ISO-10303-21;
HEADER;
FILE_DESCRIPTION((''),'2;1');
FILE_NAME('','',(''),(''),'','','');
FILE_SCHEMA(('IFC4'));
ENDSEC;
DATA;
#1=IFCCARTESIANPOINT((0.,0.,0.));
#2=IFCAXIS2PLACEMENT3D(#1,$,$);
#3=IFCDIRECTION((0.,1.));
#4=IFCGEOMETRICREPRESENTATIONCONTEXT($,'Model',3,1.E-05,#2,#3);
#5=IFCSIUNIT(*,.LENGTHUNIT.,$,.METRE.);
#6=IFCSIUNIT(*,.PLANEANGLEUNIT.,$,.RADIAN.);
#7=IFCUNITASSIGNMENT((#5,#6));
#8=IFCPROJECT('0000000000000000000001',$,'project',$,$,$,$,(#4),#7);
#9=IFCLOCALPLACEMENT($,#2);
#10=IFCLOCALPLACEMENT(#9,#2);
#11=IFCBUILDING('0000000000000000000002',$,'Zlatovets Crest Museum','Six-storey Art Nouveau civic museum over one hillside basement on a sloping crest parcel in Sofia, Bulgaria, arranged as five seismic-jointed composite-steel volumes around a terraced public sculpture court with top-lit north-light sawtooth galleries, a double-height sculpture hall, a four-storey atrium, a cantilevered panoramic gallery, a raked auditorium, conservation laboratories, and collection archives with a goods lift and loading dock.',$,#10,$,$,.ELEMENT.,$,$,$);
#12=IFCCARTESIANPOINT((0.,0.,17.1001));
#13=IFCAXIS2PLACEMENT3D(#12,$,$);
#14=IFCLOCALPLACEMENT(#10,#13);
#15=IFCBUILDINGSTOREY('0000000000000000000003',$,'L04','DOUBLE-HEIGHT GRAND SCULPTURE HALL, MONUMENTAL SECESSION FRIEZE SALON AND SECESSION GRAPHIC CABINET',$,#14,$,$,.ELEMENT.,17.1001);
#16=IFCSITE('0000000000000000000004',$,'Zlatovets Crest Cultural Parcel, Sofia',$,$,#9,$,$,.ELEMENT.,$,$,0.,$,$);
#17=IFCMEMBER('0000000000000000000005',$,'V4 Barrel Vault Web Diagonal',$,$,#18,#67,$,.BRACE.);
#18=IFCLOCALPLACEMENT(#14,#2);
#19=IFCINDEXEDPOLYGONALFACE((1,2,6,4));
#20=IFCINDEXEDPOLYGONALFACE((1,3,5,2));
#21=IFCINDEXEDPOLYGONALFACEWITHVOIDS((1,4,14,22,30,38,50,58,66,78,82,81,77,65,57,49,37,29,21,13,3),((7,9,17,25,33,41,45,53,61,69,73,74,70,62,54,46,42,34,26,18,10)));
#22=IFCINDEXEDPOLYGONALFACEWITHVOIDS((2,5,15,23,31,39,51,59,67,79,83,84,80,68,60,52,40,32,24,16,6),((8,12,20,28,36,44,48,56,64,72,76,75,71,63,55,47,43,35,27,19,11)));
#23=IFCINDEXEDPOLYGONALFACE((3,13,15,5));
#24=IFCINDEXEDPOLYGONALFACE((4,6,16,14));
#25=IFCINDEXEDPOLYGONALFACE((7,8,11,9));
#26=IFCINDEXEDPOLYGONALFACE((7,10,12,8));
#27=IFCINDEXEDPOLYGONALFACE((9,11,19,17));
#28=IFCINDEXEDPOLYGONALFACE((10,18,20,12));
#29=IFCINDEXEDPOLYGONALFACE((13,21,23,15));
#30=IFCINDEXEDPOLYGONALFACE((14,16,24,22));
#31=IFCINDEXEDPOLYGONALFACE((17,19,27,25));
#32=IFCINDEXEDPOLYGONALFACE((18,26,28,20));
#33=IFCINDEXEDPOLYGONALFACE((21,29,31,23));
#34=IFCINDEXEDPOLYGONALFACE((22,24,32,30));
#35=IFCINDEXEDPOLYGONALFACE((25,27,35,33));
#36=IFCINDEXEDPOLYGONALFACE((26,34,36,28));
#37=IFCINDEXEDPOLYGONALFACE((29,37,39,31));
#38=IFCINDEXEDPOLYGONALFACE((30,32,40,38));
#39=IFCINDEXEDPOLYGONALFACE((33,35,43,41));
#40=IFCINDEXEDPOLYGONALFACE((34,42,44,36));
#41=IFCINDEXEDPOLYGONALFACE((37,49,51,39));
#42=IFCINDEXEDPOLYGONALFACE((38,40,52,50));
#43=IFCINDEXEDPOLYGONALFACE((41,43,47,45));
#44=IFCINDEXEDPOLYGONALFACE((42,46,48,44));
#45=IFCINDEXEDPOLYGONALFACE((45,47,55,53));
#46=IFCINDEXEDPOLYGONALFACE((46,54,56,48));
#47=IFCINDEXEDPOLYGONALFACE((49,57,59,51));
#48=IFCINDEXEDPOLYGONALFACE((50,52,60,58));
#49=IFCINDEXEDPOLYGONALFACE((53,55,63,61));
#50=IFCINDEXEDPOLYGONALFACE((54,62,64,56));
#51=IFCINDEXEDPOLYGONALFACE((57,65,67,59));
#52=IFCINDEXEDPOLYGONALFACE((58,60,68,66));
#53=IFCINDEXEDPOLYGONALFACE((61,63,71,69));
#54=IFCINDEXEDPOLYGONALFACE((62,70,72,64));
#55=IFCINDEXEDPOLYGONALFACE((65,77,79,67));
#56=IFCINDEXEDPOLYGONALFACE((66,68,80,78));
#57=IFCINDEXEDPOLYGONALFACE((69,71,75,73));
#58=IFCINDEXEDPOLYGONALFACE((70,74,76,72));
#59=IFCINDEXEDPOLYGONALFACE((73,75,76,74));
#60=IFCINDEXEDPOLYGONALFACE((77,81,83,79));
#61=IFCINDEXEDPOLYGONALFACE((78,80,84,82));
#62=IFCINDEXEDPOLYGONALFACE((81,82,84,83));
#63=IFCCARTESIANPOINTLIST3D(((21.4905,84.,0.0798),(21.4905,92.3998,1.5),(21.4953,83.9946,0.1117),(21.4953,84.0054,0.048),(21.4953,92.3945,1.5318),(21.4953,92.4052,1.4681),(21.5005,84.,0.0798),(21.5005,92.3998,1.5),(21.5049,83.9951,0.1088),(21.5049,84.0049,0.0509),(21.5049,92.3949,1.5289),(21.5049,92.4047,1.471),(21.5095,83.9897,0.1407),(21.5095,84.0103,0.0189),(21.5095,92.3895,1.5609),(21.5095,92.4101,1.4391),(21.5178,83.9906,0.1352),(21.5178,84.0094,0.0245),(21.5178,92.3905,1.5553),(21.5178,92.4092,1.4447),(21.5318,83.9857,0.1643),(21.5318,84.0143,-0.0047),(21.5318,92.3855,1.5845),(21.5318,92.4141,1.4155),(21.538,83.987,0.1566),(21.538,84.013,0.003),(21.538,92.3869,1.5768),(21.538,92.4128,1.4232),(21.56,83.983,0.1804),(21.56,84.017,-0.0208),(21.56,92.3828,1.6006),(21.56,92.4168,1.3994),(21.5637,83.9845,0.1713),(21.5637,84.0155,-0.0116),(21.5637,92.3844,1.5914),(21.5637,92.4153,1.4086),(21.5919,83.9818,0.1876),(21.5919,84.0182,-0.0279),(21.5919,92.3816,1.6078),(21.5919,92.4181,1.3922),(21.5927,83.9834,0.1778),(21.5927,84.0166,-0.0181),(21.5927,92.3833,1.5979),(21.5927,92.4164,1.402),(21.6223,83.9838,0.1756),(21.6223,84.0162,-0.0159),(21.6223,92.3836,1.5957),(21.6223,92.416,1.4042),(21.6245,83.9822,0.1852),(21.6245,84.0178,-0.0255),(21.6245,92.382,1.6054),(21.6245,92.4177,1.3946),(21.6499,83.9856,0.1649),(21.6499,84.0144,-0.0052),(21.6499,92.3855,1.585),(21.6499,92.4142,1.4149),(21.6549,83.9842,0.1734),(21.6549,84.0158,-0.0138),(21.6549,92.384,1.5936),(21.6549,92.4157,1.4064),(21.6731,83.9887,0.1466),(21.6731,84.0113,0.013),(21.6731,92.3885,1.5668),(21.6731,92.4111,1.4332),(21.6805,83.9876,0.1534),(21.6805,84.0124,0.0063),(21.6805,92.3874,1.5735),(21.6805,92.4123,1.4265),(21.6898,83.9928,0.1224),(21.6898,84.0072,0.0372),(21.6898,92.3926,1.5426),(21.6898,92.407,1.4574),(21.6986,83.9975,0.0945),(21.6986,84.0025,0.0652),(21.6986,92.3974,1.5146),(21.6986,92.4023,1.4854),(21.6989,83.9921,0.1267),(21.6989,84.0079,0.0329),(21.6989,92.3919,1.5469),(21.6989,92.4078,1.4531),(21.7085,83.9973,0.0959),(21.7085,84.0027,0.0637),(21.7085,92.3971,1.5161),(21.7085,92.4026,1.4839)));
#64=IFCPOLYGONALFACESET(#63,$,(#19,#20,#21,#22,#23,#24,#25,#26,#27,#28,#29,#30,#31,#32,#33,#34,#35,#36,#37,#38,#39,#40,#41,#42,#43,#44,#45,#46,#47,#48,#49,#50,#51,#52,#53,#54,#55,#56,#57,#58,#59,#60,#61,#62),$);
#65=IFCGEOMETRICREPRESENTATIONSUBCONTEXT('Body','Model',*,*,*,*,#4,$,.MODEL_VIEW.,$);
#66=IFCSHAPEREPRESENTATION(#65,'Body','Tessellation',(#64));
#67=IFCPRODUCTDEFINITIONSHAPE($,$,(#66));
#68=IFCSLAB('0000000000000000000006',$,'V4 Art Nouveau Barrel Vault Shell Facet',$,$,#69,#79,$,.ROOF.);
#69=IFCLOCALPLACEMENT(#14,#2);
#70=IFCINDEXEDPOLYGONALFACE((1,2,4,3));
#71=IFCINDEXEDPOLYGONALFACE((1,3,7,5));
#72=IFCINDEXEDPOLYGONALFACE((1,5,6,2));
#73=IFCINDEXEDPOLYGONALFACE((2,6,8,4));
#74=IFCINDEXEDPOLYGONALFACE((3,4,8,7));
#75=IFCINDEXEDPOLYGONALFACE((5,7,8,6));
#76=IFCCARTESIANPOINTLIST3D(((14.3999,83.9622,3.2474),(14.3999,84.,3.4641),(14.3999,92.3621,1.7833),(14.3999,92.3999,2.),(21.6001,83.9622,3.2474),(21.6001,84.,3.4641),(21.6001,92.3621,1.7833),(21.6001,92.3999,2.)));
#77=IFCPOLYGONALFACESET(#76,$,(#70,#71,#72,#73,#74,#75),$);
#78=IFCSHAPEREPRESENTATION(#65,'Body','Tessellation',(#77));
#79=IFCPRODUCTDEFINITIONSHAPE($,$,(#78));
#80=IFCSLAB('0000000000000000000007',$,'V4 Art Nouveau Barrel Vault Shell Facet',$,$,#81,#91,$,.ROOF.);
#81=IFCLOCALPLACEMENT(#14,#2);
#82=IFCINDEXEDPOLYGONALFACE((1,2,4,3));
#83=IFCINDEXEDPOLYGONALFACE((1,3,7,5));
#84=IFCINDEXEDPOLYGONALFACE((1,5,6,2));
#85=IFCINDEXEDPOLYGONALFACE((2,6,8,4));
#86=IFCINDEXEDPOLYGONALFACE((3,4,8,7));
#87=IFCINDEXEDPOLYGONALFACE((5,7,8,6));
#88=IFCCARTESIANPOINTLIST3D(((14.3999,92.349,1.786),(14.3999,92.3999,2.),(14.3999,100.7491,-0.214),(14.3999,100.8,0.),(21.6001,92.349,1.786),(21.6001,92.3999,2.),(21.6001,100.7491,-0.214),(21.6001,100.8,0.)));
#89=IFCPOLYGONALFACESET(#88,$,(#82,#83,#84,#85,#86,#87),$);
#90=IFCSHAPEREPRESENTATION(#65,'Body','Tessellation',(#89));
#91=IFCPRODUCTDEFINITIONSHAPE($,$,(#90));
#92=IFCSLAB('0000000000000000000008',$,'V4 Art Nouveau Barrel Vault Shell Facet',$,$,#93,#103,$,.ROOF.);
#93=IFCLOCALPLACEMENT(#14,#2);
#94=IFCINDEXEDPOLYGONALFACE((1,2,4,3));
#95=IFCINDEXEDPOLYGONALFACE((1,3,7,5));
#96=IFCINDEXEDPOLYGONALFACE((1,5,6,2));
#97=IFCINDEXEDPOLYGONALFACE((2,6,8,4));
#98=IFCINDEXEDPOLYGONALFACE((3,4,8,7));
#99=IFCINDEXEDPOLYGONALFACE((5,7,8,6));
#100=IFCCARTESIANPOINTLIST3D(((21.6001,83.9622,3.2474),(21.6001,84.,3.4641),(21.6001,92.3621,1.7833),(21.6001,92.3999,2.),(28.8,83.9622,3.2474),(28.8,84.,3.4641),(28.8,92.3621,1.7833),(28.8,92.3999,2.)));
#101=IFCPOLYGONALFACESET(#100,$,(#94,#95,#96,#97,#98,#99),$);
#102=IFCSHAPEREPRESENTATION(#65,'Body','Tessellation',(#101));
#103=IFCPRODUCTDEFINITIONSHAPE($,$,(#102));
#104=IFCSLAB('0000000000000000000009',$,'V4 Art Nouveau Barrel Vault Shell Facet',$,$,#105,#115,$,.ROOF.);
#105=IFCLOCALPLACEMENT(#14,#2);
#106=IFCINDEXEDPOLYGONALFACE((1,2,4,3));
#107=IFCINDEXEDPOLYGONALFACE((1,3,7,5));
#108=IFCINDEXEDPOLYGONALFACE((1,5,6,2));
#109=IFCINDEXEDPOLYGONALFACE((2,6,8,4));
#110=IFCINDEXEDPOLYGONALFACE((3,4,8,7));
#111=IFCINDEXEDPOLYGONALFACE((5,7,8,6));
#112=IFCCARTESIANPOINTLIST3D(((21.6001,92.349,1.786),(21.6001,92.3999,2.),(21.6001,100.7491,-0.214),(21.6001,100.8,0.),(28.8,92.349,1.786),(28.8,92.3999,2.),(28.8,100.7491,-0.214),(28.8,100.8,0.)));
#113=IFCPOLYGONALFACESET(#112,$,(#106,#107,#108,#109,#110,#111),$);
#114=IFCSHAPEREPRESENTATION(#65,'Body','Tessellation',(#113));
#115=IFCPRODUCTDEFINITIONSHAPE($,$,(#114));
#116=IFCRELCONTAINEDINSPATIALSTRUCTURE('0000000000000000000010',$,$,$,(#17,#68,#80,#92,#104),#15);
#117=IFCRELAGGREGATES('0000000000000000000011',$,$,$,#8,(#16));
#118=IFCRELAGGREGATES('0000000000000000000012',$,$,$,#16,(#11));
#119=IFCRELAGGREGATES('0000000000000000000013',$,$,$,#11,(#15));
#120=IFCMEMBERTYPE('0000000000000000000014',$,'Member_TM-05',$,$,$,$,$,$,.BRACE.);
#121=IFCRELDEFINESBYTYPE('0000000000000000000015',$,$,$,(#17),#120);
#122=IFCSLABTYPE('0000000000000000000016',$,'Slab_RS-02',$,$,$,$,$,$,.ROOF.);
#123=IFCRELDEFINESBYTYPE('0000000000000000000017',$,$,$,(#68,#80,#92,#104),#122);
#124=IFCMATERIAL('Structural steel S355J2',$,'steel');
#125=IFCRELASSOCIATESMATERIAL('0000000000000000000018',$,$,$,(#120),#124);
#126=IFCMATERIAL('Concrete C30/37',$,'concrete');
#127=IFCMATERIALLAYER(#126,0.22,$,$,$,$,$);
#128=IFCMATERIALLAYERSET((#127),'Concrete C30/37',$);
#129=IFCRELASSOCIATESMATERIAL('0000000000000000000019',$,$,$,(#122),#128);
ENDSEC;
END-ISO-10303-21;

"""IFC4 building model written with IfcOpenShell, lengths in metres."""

from ifc_helpers import new_model, si_unit, direction, frame, origin, origin_2d, place, context, subcontext, project, spatial, polyline, hollow_circle, outline, extrude, material, layer, layer_set, material_profile, profile_set, type_object, element, save


model = new_model("IFC4")

# Units and contexts
model_context = context("Model", 3, precision=1e-05, world=origin(), true_north=direction((0.0, 1.0)))
body_context = subcontext(model_context, "Body", "Model", "MODEL_VIEW")
ifc_project = project(units=[si_unit("LENGTHUNIT", "METRE"), si_unit("PLANEANGLEUNIT", "RADIAN")], contexts=[model_context])

# Site, building, storey
site_placement = place(None, origin())
site = spatial("IfcSite", under=ifc_project, at=site_placement, Name="Zlatovets Crest Cultural Parcel, Sofia", CompositionType="ELEMENT", RefElevation=0.0)
building_placement = place(site_placement, origin())
building = spatial("IfcBuilding", under=site, at=building_placement, Name="Zlatovets Crest Museum", Description="Six-storey Art Nouveau civic museum over one hillside basement on a sloping crest parcel in Sofia, Bulgaria, arranged as five seismic-jointed composite-steel volumes around a terraced public sculpture court with top-lit north-light sawtooth galleries, a double-height sculpture hall, a four-storey atrium, a cantilevered panoramic gallery, a raked auditorium, conservation laboratories, and collection archives with a goods lift and loading dock.", CompositionType="ELEMENT")
storey_placement = place(building_placement, frame((0.0, 0.0, 17.1001)))
storey = spatial("IfcBuildingStorey", under=building, at=storey_placement, Name="L04", Description="DOUBLE-HEIGHT GRAND SCULPTURE HALL, MONUMENTAL SECESSION FRIEZE SALON AND SECESSION GRAPHIC CABINET", CompositionType="ELEMENT", Elevation=17.1001)

# Shared definitions
ifc_material_1 = material(Name="Structural steel S355J2", Category="steel")

# Member
ifc_material_profile_1 = material_profile(ifc_material_1, hollow_circle(Radius=0.1096, WallThickness=0.01, at=origin_2d()), Name="CHS 219.1x10.0")
ifc_profile_set_1 = profile_set([ifc_material_profile_1], Name="Structural steel S355J2")
member_type_1 = type_object("IfcMemberType", Name="Member_TM-05", PredefinedType="BRACE", material=ifc_profile_set_1)
for number, where, z_axis, x_axis, name in (
    (1, (21.6001, 84.0, 0.0798), (0.0, 0.986007, 0.166704), (-1.0, 0.0, 0.0), "V4 Barrel Vault Web Diagonal"),
):
    element("IfcMember", number, at=place(storey_placement, frame(where, z_axis=z_axis, x_axis=x_axis)), inside=storey, type_object=member_type_1, Name=name, PredefinedType="BRACE", context=body_context, shape_type="SweptSolid", body=[
        extrude(hollow_circle(Radius=0.1096, WallThickness=0.01, at=origin_2d()), origin(), (0.0, 0.0, 1.0), 8.519),
    ])

# Slabs
ifc_material_2 = material(Name="Concrete C30/37", Category="concrete")
ifc_layer = layer(ifc_material_2, 0.22)
ifc_layer_set = layer_set([ifc_layer], Name="Concrete C30/37")
slab_type = type_object("IfcSlabType", Name="Slab_RS-02", PredefinedType="ROOF", material=ifc_layer_set)
slab_1_placement = place(storey_placement, frame((14.3999, 84.0, 3.4641), z_axis=(0.0, 0.171712, 0.985147), x_axis=(1.0, 0.0, 0.0)))
element("IfcSlab", 2, at=slab_1_placement, inside=storey, type_object=slab_type, Name="V4 Art Nouveau Barrel Vault Shell Facet", PredefinedType="ROOF", context=body_context, shape_type="SweptSolid", body=[
    extrude(outline(polyline([(0.0, 0.0), (7.2002, 0.0), (7.2002, 8.5265), (0.0, 8.5265), (0.0, 0.0)])), origin(), (0.0, 0.0, -1.0), 0.22),
])
slab_2_placement = place(storey_placement, frame((14.3999, 92.3999, 2.0), z_axis=(0.0, 0.231617, 0.972807), x_axis=(1.0, 0.0, 0.0)))
element("IfcSlab", 3, at=slab_2_placement, inside=storey, type_object=slab_type, Name="V4 Art Nouveau Barrel Vault Shell Facet", PredefinedType="ROOF", context=body_context, shape_type="SweptSolid", body=[
    extrude(outline(polyline([(0.0, 0.0), (7.2002, 0.0), (7.2002, 8.635), (0.0, 8.635), (0.0, 0.0)])), origin(), (0.0, 0.0, -1.0), 0.22),
])
slab_3_placement = place(storey_placement, frame((21.6001, 84.0, 3.4641), z_axis=(0.0, 0.171712, 0.985147), x_axis=(1.0, 0.0, 0.0)))
element("IfcSlab", 4, at=slab_3_placement, inside=storey, type_object=slab_type, Name="V4 Art Nouveau Barrel Vault Shell Facet", PredefinedType="ROOF", context=body_context, shape_type="SweptSolid", body=[
    extrude(outline(polyline([(0.0, 0.0), (7.2, 0.0), (7.2, 8.5265), (0.0, 8.5265), (0.0, 0.0)])), origin(), (0.0, 0.0, -1.0), 0.22),
])
slab_4_placement = place(storey_placement, frame((21.6001, 92.3999, 2.0), z_axis=(0.0, 0.231617, 0.972807), x_axis=(1.0, 0.0, 0.0)))
element("IfcSlab", 5, at=slab_4_placement, inside=storey, type_object=slab_type, Name="V4 Art Nouveau Barrel Vault Shell Facet", PredefinedType="ROOF", context=body_context, shape_type="SweptSolid", body=[
    extrude(outline(polyline([(0.0, 0.0), (7.2, 0.0), (7.2, 8.635), (0.0, 8.635), (0.0, 0.0)])), origin(), (0.0, 0.0, -1.0), 0.22),
])

save(model, "model.ifc")
